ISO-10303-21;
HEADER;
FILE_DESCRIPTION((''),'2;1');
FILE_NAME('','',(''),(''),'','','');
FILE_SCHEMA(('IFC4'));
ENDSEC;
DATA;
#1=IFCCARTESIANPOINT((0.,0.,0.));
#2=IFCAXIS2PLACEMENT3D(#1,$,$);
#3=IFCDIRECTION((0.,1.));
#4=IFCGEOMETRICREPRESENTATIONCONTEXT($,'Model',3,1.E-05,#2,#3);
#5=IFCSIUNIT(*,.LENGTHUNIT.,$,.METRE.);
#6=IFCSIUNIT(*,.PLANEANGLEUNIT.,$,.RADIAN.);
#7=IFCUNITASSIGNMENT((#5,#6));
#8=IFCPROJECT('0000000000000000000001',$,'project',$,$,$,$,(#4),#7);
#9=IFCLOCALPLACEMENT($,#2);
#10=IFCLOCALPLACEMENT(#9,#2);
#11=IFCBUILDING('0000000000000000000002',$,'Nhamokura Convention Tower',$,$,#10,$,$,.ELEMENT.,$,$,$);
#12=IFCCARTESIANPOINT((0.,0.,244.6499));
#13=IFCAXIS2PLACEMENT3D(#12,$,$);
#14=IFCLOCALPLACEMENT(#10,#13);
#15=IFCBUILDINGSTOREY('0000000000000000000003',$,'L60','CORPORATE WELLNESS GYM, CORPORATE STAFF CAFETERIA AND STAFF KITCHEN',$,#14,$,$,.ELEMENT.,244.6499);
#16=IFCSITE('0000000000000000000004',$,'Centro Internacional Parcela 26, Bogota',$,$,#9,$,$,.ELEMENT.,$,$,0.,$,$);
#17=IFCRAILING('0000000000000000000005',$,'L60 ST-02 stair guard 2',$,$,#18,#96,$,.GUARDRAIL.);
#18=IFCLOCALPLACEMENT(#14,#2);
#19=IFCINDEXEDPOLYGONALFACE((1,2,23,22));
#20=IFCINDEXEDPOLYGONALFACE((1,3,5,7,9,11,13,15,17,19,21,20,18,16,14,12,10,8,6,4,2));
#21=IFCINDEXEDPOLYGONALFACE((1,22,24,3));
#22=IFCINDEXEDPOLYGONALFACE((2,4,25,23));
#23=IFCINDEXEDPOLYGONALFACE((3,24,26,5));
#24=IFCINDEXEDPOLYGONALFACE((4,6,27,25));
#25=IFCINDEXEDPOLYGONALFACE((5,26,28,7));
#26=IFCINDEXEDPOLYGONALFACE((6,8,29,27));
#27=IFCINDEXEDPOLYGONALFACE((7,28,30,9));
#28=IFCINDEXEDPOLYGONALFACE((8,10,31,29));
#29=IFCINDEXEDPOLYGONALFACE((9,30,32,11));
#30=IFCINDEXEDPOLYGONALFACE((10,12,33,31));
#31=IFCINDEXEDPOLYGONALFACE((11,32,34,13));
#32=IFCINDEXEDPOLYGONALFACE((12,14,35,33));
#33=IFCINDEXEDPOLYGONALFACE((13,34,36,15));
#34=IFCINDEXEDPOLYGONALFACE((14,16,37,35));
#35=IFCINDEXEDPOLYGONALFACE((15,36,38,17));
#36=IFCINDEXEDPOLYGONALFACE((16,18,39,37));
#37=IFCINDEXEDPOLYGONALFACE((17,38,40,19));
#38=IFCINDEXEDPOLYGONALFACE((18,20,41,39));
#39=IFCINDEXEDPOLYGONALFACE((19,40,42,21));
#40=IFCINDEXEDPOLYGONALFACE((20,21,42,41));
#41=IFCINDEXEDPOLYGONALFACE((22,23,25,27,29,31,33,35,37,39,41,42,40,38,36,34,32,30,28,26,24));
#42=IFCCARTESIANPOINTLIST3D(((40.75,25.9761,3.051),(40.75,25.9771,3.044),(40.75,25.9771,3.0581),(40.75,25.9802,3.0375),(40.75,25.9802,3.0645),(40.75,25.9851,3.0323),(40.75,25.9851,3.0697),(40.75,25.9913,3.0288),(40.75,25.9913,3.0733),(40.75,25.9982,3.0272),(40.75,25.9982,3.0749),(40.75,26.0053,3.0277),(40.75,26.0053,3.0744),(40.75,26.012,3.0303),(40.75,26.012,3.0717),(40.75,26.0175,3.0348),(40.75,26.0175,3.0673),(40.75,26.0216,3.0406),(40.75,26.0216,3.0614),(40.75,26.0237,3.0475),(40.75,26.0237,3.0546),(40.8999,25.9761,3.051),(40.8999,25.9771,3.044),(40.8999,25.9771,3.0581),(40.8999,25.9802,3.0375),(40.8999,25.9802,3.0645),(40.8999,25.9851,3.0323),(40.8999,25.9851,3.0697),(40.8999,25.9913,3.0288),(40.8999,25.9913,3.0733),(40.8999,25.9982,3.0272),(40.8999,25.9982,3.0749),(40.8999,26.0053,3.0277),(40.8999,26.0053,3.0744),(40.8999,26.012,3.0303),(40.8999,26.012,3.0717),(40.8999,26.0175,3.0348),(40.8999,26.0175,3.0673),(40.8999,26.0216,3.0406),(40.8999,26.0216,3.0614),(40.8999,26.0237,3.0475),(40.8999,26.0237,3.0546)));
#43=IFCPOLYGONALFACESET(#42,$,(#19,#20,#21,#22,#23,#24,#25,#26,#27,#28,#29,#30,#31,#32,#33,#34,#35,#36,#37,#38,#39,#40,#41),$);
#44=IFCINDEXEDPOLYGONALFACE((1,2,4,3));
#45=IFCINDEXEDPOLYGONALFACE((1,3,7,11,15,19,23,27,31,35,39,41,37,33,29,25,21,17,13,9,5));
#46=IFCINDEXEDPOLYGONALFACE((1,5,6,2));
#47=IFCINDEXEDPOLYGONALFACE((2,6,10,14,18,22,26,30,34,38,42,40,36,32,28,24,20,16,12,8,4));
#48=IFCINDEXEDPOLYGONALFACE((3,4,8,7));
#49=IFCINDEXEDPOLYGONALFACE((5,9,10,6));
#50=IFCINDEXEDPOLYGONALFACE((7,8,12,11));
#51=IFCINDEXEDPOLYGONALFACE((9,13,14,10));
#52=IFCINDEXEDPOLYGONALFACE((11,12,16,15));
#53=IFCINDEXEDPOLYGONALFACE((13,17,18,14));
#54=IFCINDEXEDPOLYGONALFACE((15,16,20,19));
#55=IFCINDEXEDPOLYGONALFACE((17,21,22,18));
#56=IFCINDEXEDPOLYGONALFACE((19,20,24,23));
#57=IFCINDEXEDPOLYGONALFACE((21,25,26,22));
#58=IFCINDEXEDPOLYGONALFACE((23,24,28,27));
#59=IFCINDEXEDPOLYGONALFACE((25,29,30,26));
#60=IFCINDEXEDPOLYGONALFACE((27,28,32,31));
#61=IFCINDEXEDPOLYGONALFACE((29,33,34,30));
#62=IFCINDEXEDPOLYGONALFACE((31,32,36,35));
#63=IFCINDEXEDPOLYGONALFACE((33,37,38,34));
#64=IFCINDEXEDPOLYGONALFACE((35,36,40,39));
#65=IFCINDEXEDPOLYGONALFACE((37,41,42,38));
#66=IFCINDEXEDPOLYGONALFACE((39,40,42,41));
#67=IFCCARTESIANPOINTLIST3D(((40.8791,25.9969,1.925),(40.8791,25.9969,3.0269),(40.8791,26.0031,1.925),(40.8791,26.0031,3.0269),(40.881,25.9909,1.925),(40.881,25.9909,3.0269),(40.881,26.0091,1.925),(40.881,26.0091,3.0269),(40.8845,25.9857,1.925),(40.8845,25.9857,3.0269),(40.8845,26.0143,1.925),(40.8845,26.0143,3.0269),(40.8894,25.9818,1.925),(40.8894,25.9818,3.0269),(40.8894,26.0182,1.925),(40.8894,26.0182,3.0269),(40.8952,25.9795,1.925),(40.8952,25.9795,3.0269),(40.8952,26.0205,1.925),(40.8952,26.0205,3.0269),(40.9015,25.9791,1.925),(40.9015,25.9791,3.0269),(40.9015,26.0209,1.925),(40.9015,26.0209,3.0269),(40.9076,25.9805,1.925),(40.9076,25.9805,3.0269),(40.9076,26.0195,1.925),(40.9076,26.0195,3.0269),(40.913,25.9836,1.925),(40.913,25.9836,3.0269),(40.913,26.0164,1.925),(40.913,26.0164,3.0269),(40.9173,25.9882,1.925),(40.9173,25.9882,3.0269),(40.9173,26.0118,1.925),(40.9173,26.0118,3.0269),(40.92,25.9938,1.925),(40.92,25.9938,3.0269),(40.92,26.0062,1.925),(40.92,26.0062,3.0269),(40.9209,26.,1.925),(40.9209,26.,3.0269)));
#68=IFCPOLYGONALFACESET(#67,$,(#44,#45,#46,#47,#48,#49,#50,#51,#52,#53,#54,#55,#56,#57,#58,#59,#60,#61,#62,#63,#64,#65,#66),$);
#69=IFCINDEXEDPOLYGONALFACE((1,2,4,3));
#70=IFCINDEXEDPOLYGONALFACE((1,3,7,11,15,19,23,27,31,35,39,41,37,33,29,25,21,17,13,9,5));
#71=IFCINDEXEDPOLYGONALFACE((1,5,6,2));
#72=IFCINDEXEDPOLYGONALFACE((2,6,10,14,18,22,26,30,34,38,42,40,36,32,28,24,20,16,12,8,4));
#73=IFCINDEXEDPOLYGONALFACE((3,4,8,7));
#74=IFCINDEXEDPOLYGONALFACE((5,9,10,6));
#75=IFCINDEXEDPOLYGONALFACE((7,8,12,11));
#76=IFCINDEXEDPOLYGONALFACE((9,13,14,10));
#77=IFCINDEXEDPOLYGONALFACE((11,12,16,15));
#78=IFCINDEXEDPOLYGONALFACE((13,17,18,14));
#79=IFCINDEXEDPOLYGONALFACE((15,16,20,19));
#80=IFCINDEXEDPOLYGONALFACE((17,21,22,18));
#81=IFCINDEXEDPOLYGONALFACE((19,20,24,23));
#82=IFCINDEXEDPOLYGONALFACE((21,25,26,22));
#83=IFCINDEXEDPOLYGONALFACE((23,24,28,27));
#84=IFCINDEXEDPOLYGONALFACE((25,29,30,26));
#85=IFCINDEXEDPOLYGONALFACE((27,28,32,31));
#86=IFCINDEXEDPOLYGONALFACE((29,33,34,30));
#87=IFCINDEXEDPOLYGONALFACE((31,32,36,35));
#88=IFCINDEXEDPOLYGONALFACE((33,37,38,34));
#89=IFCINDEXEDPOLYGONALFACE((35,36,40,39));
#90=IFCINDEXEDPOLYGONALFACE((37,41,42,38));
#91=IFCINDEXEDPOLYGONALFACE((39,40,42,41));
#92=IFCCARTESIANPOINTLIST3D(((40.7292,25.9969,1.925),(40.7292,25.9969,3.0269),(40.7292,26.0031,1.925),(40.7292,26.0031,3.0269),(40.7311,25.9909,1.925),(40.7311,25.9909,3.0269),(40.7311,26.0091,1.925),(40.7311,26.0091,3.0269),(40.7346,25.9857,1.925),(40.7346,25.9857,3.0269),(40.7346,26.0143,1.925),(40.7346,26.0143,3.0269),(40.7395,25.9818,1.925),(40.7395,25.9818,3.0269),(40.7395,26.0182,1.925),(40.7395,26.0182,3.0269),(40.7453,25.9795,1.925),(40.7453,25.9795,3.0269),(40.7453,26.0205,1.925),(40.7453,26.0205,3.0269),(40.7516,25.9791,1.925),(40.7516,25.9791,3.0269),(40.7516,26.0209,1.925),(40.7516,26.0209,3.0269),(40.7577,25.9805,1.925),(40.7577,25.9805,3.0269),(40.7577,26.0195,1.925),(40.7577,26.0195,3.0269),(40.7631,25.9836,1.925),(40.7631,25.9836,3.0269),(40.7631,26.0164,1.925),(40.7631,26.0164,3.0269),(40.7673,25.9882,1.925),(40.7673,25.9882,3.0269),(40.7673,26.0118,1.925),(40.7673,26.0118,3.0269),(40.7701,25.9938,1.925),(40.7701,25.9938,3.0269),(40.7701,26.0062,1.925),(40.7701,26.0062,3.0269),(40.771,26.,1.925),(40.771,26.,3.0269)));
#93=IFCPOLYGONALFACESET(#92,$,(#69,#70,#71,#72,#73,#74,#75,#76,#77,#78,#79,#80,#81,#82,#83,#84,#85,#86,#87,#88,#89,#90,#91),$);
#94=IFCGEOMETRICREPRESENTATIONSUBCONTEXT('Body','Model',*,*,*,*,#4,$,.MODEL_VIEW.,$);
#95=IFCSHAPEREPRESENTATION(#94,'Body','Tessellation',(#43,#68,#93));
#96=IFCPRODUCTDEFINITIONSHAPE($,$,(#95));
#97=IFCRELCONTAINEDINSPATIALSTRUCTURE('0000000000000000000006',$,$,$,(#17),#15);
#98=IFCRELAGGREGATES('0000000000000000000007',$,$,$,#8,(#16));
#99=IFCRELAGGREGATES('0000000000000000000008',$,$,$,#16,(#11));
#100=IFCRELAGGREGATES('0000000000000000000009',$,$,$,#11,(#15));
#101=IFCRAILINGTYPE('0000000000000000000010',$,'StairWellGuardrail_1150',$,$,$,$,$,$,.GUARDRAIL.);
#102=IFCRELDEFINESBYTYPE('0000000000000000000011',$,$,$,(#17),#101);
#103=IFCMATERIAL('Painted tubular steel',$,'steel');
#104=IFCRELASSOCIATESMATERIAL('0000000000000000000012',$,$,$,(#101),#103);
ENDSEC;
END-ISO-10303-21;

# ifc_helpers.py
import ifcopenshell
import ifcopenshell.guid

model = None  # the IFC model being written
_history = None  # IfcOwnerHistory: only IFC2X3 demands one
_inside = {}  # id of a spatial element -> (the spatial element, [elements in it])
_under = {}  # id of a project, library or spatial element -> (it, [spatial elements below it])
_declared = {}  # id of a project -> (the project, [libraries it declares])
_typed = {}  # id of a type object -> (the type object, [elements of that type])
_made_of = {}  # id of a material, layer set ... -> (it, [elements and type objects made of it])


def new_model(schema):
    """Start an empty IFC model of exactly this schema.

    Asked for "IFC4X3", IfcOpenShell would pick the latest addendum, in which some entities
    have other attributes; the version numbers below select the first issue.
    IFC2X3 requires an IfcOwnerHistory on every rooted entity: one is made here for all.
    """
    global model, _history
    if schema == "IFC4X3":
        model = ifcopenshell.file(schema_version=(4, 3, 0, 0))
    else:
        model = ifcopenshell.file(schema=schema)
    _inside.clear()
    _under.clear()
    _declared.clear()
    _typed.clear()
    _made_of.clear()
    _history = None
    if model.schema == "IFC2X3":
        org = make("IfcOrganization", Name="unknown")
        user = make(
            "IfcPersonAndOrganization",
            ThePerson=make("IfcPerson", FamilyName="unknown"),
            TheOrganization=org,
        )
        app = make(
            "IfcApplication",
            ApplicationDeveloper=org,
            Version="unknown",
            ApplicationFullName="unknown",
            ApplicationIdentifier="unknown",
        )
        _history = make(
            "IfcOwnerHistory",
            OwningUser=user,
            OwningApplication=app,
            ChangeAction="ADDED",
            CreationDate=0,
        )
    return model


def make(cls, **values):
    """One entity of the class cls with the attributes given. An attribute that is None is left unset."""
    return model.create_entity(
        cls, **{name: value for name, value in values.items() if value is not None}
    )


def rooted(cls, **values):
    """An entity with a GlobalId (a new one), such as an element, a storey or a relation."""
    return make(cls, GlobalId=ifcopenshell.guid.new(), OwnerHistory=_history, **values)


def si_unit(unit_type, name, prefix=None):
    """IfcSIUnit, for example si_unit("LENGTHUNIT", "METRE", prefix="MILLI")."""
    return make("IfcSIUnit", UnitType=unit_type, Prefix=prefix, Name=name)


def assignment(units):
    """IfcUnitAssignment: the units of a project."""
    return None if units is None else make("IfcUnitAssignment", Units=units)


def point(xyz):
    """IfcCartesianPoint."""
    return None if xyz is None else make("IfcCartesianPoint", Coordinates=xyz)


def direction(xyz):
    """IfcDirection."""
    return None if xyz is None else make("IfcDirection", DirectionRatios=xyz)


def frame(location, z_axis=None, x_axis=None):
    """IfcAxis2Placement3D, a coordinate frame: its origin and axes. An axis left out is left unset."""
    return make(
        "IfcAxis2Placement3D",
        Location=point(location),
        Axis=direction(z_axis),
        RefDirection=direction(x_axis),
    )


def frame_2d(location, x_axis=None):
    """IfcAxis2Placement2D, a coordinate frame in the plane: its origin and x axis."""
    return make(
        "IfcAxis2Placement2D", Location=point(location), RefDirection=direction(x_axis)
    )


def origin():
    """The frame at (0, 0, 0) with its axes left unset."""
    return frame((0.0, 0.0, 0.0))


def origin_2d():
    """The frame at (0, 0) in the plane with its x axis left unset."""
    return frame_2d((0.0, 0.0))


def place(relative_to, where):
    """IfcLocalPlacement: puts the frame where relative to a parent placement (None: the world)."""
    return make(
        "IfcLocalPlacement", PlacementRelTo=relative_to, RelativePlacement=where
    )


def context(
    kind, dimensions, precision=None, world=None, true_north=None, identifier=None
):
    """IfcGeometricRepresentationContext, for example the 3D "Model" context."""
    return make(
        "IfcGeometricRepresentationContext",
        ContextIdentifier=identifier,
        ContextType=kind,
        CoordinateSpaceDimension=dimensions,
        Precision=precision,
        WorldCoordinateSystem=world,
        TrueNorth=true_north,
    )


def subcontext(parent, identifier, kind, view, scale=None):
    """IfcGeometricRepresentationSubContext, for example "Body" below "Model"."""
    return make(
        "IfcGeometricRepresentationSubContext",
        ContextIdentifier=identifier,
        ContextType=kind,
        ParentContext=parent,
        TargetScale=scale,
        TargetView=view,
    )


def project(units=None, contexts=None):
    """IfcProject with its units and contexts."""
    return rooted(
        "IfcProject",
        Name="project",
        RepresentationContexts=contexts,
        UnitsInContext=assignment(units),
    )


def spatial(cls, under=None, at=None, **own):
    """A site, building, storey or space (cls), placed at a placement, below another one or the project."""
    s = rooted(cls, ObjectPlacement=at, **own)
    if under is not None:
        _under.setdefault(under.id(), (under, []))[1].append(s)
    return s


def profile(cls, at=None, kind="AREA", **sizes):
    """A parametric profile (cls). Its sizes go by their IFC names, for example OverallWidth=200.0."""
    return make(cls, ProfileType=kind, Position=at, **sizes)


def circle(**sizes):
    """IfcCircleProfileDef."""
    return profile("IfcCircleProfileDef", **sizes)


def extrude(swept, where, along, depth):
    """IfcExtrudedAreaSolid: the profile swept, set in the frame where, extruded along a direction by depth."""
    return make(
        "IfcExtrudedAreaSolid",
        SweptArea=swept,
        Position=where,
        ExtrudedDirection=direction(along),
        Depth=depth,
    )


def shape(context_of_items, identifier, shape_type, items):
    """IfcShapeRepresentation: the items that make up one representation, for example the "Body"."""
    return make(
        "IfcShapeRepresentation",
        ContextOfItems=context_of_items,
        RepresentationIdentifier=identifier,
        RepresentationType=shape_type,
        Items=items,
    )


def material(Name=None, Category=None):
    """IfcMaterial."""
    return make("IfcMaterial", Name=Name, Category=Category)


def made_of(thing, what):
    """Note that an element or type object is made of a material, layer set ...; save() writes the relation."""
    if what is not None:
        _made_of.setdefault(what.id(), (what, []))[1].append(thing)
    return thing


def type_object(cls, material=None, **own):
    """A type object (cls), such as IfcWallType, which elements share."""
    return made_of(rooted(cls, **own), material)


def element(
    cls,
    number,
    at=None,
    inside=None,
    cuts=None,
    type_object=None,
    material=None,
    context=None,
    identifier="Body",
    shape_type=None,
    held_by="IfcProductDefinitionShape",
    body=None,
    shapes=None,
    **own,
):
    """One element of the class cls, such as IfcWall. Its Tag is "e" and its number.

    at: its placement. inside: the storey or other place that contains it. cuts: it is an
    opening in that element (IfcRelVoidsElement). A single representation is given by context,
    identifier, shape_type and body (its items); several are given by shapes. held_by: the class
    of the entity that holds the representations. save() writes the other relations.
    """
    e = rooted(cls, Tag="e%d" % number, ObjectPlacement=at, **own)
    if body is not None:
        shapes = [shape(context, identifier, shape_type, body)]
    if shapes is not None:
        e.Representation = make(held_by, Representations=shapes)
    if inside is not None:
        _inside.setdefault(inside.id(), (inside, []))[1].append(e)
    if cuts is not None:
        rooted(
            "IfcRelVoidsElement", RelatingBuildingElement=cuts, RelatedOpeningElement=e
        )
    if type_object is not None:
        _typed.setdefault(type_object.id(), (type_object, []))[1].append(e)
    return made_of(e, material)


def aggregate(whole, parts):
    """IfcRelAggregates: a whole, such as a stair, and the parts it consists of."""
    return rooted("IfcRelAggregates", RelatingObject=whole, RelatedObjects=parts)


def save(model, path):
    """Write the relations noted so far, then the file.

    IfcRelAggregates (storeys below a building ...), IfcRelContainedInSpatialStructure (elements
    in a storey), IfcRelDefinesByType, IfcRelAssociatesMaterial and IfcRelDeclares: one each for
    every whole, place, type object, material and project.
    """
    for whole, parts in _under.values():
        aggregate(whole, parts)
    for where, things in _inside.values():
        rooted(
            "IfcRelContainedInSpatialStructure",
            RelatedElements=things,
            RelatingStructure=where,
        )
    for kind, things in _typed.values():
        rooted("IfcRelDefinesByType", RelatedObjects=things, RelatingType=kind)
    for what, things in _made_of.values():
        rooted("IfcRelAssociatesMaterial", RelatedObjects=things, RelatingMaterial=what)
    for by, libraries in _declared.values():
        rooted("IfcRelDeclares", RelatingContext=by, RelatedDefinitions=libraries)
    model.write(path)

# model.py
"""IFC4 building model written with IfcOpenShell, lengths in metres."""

from ifc_helpers import new_model, si_unit, direction, frame, origin, origin_2d, place, context, subcontext, project, spatial, circle, extrude, material, type_object, element, save


model = new_model("IFC4")

# Units and contexts
model_context = context("Model", 3, precision=1e-05, world=origin(), true_north=direction((0.0, 1.0)))
body_context = subcontext(model_context, "Body", "Model", "MODEL_VIEW")
ifc_project = project(units=[si_unit("LENGTHUNIT", "METRE"), si_unit("PLANEANGLEUNIT", "RADIAN")], contexts=[model_context])

# Site, building, storey
site_placement = place(None, origin())
site = spatial("IfcSite", under=ifc_project, at=site_placement, Name="Centro Internacional Parcela 26, Bogota", CompositionType="ELEMENT", RefElevation=0.0)
building_placement = place(site_placement, origin())
building = spatial("IfcBuilding", under=site, at=building_placement, Name="Nhamokura Convention Tower", CompositionType="ELEMENT")
storey_placement = place(building_placement, frame((0.0, 0.0, 244.6499)))
storey = spatial("IfcBuildingStorey", under=building, at=storey_placement, Name="L60", Description="CORPORATE WELLNESS GYM, CORPORATE STAFF CAFETERIA AND STAFF KITCHEN", CompositionType="ELEMENT", Elevation=244.6499)

# Railing
ifc_material_1 = material(Name="Painted tubular steel", Category="steel")
railing_type_1 = type_object("IfcRailingType", Name="StairWellGuardrail_1150", PredefinedType="GUARDRAIL", material=ifc_material_1)
railing_1_placement = place(storey_placement, frame((40.8999, 26.0, 1.925)))
element("IfcRailing", 1, at=railing_1_placement, inside=storey, type_object=railing_type_1, Name="L60 ST-02 stair guard 2", PredefinedType="GUARDRAIL", context=body_context, shape_type="SweptSolid", body=[
    extrude(circle(Radius=0.0239, at=origin_2d()), frame((0.0, 0.0, 1.126), z_axis=(-1.0, 0.0, 0.0), x_axis=(0.0, -1.0, 0.0)), (0.0, 0.0, 1.0), 0.1499),
    extrude(circle(Radius=0.021, at=origin_2d()), origin(), (0.0, 0.0, 1.0), 1.1018),
    extrude(circle(Radius=0.021, at=origin_2d()), frame((-0.1499, 0.0, 0.0)), (0.0, 0.0, 1.0), 1.1018),
])

save(model, "model.ifc")
